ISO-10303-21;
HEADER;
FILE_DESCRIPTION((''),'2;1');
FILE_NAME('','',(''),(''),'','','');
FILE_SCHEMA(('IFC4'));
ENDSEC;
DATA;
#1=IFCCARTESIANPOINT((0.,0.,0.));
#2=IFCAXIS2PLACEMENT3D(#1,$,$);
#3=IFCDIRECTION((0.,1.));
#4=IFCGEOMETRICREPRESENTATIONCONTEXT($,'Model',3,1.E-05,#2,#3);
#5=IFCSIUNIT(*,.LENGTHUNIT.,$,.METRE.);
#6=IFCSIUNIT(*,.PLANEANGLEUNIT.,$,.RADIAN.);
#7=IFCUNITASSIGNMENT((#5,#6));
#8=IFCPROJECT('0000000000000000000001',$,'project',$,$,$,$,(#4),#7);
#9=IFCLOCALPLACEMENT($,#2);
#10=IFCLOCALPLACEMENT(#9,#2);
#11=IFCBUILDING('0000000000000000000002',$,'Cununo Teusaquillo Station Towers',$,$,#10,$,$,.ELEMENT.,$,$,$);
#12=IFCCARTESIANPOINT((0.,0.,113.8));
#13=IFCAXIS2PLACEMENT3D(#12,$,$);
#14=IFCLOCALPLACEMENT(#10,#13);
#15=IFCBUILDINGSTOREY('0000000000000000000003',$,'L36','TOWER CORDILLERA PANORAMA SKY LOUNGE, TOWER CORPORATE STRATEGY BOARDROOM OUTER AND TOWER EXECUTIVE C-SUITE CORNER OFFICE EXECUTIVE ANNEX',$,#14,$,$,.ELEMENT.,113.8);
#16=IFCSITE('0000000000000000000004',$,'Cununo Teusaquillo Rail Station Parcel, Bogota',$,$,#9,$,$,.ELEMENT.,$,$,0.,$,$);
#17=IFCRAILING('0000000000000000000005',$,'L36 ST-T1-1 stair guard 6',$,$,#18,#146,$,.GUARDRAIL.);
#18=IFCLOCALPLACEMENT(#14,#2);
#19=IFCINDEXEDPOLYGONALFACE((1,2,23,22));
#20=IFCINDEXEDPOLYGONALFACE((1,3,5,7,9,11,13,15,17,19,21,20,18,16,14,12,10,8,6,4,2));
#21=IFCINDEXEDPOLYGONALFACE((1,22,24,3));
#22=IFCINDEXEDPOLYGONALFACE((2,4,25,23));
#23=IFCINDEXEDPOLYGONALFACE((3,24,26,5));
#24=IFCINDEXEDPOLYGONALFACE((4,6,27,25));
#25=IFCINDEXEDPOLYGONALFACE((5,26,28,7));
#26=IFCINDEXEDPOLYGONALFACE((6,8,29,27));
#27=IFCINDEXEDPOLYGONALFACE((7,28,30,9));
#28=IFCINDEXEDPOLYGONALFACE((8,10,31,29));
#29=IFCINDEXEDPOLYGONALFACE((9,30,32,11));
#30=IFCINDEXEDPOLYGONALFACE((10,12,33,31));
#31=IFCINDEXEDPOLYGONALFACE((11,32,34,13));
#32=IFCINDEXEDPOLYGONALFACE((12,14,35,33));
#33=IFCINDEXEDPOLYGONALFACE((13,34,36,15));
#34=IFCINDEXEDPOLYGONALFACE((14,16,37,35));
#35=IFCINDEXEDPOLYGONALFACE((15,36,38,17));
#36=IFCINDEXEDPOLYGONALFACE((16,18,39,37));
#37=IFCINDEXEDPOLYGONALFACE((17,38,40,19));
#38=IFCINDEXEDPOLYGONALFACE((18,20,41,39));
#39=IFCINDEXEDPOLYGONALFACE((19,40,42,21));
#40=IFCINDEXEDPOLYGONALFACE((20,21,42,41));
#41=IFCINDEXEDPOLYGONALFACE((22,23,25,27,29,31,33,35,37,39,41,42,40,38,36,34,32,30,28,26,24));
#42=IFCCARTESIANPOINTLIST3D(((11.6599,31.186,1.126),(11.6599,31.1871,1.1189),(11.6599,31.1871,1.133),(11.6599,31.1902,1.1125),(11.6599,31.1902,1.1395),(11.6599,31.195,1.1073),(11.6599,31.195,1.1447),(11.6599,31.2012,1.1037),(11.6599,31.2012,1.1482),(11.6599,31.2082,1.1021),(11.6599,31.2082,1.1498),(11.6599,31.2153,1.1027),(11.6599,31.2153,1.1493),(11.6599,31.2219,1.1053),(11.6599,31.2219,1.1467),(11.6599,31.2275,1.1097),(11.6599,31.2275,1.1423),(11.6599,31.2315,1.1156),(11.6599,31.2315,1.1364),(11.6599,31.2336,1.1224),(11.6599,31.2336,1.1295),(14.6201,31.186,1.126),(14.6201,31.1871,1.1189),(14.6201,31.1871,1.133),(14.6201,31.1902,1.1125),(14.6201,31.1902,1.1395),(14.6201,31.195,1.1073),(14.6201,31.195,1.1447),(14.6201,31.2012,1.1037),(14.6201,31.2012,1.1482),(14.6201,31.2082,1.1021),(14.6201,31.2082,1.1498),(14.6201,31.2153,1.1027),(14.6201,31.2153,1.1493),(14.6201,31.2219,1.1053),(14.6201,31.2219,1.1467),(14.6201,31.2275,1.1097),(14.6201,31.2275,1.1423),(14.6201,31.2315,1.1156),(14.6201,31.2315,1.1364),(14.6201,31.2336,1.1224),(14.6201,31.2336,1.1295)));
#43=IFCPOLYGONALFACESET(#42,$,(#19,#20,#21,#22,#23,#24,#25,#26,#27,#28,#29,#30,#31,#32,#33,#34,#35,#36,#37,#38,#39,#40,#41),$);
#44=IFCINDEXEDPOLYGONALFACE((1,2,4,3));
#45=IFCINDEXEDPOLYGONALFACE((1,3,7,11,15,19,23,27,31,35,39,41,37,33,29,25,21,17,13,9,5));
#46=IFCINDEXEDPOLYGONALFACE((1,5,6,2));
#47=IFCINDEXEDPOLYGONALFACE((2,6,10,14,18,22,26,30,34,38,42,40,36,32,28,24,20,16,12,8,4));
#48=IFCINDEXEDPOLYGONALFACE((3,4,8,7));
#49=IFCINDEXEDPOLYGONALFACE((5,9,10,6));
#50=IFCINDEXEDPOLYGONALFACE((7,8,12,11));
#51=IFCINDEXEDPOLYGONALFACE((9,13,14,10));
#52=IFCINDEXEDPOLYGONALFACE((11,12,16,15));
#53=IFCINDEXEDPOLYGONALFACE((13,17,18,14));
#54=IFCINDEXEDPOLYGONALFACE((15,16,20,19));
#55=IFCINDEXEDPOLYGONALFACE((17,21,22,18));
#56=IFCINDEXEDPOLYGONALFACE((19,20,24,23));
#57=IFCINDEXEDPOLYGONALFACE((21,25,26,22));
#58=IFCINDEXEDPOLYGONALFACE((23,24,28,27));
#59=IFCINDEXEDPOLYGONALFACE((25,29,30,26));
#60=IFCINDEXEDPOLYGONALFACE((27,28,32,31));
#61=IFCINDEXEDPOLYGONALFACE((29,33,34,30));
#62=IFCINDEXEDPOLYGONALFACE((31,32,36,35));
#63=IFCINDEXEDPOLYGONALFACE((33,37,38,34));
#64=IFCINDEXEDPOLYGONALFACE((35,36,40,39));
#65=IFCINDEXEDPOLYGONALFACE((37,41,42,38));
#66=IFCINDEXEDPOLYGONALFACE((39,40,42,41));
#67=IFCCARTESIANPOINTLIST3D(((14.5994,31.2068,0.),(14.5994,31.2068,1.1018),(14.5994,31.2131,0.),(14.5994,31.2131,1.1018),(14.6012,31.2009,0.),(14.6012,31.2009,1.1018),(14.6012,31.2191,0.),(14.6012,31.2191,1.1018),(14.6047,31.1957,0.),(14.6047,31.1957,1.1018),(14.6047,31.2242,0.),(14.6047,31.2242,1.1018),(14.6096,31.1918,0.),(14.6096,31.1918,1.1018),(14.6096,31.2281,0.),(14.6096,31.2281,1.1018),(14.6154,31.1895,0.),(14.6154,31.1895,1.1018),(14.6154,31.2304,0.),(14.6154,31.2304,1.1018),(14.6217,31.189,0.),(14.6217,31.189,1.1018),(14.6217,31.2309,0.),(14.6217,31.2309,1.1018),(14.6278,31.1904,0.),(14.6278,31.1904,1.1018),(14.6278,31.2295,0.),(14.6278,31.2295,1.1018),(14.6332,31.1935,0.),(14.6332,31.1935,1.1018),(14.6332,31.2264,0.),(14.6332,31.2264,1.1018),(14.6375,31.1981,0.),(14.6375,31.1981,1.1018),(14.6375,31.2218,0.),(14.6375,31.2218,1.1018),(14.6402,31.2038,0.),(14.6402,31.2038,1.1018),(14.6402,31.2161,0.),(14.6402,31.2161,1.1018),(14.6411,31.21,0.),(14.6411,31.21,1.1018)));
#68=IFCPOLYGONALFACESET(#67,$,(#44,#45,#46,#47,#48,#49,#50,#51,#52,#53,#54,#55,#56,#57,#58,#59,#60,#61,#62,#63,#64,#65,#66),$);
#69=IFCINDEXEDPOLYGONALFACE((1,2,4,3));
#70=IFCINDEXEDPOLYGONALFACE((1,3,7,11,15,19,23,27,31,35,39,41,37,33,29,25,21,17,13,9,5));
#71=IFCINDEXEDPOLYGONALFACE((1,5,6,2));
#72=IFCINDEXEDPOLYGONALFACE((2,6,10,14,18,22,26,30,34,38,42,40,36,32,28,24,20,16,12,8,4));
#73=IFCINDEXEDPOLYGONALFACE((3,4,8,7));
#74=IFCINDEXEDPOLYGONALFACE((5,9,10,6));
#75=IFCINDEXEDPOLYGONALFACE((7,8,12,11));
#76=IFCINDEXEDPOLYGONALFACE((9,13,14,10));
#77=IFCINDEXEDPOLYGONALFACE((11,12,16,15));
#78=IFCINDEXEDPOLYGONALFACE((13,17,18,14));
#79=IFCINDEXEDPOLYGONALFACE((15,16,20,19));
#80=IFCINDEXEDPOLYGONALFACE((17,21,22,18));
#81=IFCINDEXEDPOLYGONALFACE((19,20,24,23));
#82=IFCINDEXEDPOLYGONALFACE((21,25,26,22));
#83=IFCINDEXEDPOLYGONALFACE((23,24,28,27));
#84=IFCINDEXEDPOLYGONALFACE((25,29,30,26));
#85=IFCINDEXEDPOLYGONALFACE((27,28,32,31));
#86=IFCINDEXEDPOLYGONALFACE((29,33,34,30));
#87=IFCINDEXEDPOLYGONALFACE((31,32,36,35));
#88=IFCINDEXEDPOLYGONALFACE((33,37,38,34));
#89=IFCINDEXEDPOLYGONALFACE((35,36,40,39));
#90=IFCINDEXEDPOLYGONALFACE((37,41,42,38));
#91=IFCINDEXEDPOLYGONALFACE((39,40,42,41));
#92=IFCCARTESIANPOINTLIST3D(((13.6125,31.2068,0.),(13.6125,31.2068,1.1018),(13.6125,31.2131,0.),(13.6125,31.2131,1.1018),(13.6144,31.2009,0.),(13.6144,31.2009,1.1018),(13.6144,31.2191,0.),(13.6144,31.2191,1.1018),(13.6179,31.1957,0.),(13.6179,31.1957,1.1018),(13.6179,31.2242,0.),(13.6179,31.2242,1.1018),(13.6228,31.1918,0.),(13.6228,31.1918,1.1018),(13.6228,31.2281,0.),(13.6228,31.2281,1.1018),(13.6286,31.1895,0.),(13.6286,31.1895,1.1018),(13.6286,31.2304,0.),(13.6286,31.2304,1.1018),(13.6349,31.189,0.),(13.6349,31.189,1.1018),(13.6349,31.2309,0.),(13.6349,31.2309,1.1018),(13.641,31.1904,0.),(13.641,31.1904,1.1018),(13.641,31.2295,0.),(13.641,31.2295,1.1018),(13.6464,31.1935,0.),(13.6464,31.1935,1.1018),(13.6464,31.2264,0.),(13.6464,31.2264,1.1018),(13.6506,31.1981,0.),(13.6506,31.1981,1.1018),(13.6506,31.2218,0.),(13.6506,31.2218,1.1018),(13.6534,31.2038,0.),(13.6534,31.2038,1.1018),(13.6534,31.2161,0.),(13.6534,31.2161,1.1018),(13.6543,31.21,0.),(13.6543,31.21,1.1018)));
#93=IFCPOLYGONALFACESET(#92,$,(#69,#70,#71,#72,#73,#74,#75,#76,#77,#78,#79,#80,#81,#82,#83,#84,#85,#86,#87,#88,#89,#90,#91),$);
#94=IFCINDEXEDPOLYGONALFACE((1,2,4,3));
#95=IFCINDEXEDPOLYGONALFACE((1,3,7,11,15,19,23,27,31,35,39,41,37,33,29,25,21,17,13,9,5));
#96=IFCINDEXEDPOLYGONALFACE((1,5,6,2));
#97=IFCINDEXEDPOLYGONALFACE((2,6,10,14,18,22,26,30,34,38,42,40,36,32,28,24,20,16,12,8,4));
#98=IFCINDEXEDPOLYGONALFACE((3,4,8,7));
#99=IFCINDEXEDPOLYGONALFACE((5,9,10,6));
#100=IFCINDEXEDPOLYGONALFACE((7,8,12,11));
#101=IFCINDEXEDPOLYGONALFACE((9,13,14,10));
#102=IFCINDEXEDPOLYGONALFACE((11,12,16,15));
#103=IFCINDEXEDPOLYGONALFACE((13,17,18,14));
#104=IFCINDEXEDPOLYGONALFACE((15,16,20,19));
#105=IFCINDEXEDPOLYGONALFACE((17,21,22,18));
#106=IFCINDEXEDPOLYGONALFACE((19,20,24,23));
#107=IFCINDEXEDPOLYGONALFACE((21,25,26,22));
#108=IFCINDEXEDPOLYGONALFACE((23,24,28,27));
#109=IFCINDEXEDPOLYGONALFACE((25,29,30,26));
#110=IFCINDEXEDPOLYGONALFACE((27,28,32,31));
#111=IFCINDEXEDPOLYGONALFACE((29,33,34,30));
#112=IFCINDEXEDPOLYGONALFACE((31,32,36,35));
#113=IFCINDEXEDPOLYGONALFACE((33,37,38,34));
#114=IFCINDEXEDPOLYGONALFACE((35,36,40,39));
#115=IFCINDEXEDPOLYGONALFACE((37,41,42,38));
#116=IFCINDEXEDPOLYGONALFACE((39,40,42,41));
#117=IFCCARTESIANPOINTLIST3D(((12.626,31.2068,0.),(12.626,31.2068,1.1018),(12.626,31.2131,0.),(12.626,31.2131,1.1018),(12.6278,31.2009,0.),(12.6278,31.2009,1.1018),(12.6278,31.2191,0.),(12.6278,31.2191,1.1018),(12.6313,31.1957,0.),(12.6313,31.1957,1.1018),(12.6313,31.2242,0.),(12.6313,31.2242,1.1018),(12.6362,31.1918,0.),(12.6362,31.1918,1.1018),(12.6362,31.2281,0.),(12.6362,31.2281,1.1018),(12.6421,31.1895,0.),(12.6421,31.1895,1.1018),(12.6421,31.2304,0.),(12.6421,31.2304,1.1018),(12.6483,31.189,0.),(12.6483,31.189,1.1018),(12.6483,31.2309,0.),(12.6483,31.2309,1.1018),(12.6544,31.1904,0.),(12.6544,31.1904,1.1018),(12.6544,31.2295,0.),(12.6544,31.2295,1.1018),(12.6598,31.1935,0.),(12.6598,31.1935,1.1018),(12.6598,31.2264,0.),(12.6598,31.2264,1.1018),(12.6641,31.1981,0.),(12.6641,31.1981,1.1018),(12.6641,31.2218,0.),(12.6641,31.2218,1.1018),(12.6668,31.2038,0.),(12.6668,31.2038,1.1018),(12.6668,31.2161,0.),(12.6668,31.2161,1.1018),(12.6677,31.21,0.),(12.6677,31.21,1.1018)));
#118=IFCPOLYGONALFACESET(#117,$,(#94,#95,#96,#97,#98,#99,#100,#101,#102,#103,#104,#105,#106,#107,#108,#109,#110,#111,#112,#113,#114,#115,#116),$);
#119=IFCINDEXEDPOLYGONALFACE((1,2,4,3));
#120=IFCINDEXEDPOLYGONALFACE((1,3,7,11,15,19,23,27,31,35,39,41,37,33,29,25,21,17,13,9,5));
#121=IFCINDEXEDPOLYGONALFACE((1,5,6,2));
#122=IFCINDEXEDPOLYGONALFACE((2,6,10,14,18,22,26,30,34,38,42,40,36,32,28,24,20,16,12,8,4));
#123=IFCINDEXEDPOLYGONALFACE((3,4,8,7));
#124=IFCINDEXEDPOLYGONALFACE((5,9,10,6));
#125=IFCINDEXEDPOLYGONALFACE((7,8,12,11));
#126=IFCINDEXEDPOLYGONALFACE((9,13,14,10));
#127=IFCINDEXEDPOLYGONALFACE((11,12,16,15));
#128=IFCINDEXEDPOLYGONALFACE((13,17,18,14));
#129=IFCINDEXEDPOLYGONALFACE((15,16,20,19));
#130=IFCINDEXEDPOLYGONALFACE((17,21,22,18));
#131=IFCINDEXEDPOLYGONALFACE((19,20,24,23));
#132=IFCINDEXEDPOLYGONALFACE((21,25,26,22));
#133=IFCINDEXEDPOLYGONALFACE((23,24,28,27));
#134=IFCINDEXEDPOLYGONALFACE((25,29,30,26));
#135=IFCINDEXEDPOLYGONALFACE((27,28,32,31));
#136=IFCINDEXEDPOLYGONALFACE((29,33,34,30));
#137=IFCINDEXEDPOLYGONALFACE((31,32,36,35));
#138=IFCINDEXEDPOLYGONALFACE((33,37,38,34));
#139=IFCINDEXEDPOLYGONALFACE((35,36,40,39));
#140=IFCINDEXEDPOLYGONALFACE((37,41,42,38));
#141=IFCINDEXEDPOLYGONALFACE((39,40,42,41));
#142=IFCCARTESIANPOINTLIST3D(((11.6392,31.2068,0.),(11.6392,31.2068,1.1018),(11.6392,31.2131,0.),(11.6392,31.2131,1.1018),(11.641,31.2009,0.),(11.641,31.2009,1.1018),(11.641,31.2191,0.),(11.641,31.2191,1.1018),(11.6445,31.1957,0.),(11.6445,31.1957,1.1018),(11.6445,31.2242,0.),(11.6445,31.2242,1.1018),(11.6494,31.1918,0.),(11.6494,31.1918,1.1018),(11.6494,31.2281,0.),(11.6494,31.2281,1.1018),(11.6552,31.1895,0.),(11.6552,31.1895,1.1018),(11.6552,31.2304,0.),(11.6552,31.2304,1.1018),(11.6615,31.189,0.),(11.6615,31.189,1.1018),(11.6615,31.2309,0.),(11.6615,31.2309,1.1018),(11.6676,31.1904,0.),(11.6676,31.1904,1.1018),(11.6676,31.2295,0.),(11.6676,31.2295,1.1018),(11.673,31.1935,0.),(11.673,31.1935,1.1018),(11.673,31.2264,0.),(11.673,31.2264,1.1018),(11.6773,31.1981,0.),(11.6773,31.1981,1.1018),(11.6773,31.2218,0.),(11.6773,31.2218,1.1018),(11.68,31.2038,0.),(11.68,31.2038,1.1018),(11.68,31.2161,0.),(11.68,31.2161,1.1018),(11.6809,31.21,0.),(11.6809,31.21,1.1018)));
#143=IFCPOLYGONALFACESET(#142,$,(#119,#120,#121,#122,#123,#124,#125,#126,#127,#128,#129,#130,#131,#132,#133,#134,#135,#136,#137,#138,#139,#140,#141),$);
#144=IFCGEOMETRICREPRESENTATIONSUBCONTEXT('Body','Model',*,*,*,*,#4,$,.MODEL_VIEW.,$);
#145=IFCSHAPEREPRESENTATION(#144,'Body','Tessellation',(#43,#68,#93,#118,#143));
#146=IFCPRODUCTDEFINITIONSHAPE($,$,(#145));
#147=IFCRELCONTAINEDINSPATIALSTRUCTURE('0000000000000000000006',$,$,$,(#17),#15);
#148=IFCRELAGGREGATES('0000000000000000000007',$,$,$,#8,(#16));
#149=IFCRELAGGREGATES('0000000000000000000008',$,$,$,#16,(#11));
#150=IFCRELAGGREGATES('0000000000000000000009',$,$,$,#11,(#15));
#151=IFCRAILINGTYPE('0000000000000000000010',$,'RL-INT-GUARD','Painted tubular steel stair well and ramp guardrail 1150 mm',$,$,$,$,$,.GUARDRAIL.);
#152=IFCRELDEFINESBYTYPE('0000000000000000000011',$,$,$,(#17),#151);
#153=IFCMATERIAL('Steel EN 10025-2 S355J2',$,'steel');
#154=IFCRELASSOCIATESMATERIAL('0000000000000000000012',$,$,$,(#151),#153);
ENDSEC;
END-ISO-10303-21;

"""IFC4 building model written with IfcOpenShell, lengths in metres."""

from ifc_helpers import new_model, si_unit, direction, frame, origin, origin_2d, place, context, subcontext, project, spatial, circle, extrude, material, type_object, element, save


model = new_model("IFC4")

# Units and contexts
model_context = context("Model", 3, precision=1e-05, world=origin(), true_north=direction((0.0, 1.0)))
body_context = subcontext(model_context, "Body", "Model", "MODEL_VIEW")
ifc_project = project(units=[si_unit("LENGTHUNIT", "METRE"), si_unit("PLANEANGLEUNIT", "RADIAN")], contexts=[model_context])

# Site, building, storey
site_placement = place(None, origin())
site = spatial("IfcSite", under=ifc_project, at=site_placement, Name="Cununo Teusaquillo Rail Station Parcel, Bogota", CompositionType="ELEMENT", RefElevation=0.0)
building_placement = place(site_placement, origin())
building = spatial("IfcBuilding", under=site, at=building_placement, Name="Cununo Teusaquillo Station Towers", CompositionType="ELEMENT")
storey_placement = place(building_placement, frame((0.0, 0.0, 113.8)))
storey = spatial("IfcBuildingStorey", under=building, at=storey_placement, Name="L36", Description="TOWER CORDILLERA PANORAMA SKY LOUNGE, TOWER CORPORATE STRATEGY BOARDROOM OUTER AND TOWER EXECUTIVE C-SUITE CORNER OFFICE EXECUTIVE ANNEX", CompositionType="ELEMENT", Elevation=113.8)

# Railing
ifc_material_1 = material(Name="Steel EN 10025-2 S355J2", Category="steel")
railing_type_1 = type_object("IfcRailingType", Name="RL-INT-GUARD", Description="Painted tubular steel stair well and ramp guardrail 1150 mm", PredefinedType="GUARDRAIL", material=ifc_material_1)
railing_1_placement = place(storey_placement, frame((14.6201, 31.21, 0.0)))
element("IfcRailing", 1, at=railing_1_placement, inside=storey, type_object=railing_type_1, Name="L36 ST-T1-1 stair guard 6", PredefinedType="GUARDRAIL", context=body_context, shape_type="SweptSolid", body=[
    extrude(circle(Radius=0.0239, at=origin_2d()), frame((0.0, 0.0, 1.126), z_axis=(-1.0, 0.0, 0.0), x_axis=(0.0, -1.0, 0.0)), (0.0, 0.0, 1.0), 2.9602),
    extrude(circle(Radius=0.021, at=origin_2d()), origin(), (0.0, 0.0, 1.0), 1.1018),
    extrude(circle(Radius=0.021, at=origin_2d()), frame((-0.9868, 0.0, 0.0)), (0.0, 0.0, 1.0), 1.1018),
    extrude(circle(Radius=0.021, at=origin_2d()), frame((-1.9734, 0.0, 0.0)), (0.0, 0.0, 1.0), 1.1018),
    extrude(circle(Radius=0.021, at=origin_2d()), frame((-2.9602, 0.0, 0.0)), (0.0, 0.0, 1.0), 1.1018),
])

save(model, "model.ifc")
